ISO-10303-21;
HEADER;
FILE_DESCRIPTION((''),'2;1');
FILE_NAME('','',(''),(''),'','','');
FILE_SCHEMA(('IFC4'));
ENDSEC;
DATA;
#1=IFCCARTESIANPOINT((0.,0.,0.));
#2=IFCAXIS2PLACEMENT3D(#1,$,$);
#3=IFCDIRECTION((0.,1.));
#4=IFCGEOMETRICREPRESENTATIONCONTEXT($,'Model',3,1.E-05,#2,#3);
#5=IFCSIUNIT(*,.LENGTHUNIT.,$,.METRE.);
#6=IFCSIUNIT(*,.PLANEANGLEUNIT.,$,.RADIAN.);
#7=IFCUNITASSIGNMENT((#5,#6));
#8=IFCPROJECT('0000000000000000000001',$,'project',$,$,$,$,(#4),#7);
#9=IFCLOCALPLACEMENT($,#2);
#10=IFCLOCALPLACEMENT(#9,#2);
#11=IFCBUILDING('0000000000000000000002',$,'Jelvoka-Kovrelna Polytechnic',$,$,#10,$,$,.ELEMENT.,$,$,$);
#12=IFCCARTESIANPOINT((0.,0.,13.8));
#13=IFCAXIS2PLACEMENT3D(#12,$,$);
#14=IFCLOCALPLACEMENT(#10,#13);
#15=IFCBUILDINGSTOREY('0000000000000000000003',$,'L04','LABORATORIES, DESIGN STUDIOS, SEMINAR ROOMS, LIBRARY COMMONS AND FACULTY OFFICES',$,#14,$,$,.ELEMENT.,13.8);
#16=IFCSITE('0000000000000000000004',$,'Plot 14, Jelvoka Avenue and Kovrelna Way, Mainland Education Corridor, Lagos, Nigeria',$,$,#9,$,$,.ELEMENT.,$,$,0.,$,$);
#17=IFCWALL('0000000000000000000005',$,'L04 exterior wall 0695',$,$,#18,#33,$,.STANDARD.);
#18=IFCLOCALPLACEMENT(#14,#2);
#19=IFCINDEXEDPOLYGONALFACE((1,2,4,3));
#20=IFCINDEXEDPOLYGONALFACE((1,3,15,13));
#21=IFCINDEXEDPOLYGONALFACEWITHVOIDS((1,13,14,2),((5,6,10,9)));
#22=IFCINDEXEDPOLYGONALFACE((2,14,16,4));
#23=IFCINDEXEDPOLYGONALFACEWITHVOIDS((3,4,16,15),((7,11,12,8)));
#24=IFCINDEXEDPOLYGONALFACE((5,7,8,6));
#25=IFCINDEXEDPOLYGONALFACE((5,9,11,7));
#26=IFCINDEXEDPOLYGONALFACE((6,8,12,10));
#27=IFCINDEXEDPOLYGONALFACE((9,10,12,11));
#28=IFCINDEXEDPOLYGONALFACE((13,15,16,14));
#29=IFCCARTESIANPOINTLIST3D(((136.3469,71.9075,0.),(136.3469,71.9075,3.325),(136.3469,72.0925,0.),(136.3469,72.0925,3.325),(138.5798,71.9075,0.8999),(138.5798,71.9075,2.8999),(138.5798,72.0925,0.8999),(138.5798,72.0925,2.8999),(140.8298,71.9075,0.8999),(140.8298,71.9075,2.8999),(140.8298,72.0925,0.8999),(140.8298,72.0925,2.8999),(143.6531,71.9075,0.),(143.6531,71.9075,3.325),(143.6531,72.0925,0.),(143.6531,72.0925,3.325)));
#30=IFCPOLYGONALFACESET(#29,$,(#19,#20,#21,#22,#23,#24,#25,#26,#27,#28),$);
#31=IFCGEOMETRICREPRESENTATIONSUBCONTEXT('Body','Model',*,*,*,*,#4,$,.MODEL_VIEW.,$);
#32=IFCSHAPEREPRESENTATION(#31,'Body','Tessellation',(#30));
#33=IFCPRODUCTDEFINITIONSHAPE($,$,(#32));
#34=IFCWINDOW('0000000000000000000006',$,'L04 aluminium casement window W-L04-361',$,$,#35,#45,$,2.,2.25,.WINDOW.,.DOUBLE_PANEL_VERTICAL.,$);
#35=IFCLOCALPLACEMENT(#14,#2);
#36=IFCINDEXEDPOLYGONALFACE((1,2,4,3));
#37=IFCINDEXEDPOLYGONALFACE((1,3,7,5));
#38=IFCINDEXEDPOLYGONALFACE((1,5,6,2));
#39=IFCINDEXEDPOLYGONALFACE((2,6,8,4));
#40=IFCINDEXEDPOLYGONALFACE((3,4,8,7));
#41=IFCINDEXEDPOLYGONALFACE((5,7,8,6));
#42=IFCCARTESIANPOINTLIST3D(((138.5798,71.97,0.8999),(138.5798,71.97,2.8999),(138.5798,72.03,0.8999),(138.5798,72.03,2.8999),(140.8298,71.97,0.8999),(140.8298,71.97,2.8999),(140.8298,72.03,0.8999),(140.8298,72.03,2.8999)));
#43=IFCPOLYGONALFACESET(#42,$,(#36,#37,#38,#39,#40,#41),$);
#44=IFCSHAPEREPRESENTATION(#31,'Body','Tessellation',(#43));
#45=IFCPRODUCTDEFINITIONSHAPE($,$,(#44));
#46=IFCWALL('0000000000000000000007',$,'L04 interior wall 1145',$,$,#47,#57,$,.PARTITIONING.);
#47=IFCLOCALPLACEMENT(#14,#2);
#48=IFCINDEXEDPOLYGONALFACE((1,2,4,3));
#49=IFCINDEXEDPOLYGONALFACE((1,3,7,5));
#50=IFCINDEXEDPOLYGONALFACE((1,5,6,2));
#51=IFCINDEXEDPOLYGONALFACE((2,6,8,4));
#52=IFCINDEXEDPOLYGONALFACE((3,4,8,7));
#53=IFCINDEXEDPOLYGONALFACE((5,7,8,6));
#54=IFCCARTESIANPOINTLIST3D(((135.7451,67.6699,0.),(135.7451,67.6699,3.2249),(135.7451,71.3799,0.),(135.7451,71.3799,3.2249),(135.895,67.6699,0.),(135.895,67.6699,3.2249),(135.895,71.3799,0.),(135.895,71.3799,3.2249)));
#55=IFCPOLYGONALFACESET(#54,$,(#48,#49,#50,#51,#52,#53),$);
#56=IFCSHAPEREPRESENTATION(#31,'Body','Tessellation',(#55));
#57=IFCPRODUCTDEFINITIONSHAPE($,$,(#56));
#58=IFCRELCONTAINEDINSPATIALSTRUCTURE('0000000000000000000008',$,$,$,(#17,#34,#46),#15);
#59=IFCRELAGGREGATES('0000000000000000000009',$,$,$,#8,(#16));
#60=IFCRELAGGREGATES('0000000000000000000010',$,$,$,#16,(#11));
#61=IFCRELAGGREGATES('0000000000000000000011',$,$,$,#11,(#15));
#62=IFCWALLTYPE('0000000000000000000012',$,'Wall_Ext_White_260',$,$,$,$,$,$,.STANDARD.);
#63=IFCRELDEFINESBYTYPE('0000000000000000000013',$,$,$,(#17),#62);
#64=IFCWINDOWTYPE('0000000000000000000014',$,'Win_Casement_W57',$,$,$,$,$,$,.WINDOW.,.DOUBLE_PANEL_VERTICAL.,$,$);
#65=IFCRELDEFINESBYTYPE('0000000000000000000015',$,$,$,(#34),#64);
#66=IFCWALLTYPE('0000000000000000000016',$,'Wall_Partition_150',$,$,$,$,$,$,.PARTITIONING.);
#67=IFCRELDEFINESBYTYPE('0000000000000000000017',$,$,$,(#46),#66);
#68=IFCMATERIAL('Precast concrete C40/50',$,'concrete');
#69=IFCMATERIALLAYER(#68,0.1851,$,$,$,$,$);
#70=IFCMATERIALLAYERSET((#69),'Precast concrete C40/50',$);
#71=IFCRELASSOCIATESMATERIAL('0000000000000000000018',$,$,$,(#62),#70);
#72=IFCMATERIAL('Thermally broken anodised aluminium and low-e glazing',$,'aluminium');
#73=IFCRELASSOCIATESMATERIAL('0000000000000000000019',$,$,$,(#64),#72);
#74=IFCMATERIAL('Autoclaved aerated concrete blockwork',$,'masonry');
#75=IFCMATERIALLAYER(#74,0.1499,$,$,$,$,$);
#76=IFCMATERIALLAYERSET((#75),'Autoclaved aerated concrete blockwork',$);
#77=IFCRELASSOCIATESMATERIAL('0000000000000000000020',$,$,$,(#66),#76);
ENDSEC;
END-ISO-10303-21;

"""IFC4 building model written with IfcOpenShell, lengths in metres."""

from ifc_helpers import new_model, si_unit, direction, frame, frame_2d, origin, place, context, subcontext, project, spatial, rectangle, extrude, material, layer, layer_set, type_object, element, fill, save


model = new_model("IFC4")

# Units and contexts
model_context = context("Model", 3, precision=1e-05, world=origin(), true_north=direction((0.0, 1.0)))
body_context = subcontext(model_context, "Body", "Model", "MODEL_VIEW")
ifc_project = project(units=[si_unit("LENGTHUNIT", "METRE"), si_unit("PLANEANGLEUNIT", "RADIAN")], contexts=[model_context])

# Site, building, storey
site_placement = place(None, origin())
site = spatial("IfcSite", under=ifc_project, at=site_placement, Name="Plot 14, Jelvoka Avenue and Kovrelna Way, Mainland Education Corridor, Lagos, Nigeria", CompositionType="ELEMENT", RefElevation=0.0)
building_placement = place(site_placement, origin())
building = spatial("IfcBuilding", under=site, at=building_placement, Name="Jelvoka-Kovrelna Polytechnic", CompositionType="ELEMENT")
storey_placement = place(building_placement, frame((0.0, 0.0, 13.8)))
storey = spatial("IfcBuildingStorey", under=building, at=storey_placement, Name="L04", Description="LABORATORIES, DESIGN STUDIOS, SEMINAR ROOMS, LIBRARY COMMONS AND FACULTY OFFICES", CompositionType="ELEMENT", Elevation=13.8)

# Wall, opening, window
ifc_material_1 = material(Name="Precast concrete C40/50", Category="concrete")
ifc_layer_1 = layer(ifc_material_1, 0.1851)
ifc_layer_set_1 = layer_set([ifc_layer_1], Name="Precast concrete C40/50")
wall_type_1 = type_object("IfcWallType", Name="Wall_Ext_White_260", PredefinedType="STANDARD", material=ifc_layer_set_1)
wall_1_placement = place(storey_placement, frame((136.3469, 72.0, 0.0), z_axis=(0.0, 0.0, 1.0), x_axis=(1.0, 0.0, 0.0)))
wall_1 = element("IfcWall", 1, at=wall_1_placement, inside=storey, type_object=wall_type_1, Name="L04 exterior wall 0695", PredefinedType="STANDARD", context=body_context, shape_type="SweptSolid", body=[
    extrude(rectangle(XDim=7.3062, YDim=0.1851, at=frame_2d((3.6531, 0.0))), origin(), (0.0, 0.0, 1.0), 3.325),
])
opening_1_placement = place(wall_1_placement, frame((2.2329, 0.0, 0.8999)))
opening_1 = element("IfcOpeningElement", 2, at=opening_1_placement, cuts=wall_1, PredefinedType="OPENING", context=body_context, shape_type="SweptSolid", body=[
    extrude(rectangle(XDim=2.25, YDim=2.0, at=frame_2d((1.125, 1.0))), frame((0.0, 0.1025, 0.0), z_axis=(0.0, -1.0, 0.0), x_axis=(1.0, 0.0, 0.0)), (0.0, 0.0, 1.0), 0.2051),
])
ifc_material_2 = material(Name="Thermally broken anodised aluminium and low-e glazing", Category="aluminium")
window_type = type_object("IfcWindowType", Name="Win_Casement_W57", PartitioningType="DOUBLE_PANEL_VERTICAL", PredefinedType="WINDOW", material=ifc_material_2)
window_placement = place(opening_1_placement, origin())
window = element("IfcWindow", 3, at=window_placement, inside=storey, type_object=window_type, Name="L04 aluminium casement window W-L04-361", OverallHeight=2.0, OverallWidth=2.25, PartitioningType="DOUBLE_PANEL_VERTICAL", PredefinedType="WINDOW", context=body_context, shape_type="SweptSolid", body=[
    extrude(rectangle(XDim=2.25, YDim=2.0, at=frame_2d((1.125, 1.0))), frame((0.0, 0.03, 0.0), z_axis=(0.0, -1.0, 0.0), x_axis=(1.0, 0.0, 0.0)), (0.0, 0.0, 1.0), 0.0601),
])
fill(opening_1, window)

# Wall
ifc_material_3 = material(Name="Autoclaved aerated concrete blockwork", Category="masonry")
ifc_layer_2 = layer(ifc_material_3, 0.1499)
ifc_layer_set_2 = layer_set([ifc_layer_2], Name="Autoclaved aerated concrete blockwork")
wall_type_2 = type_object("IfcWallType", Name="Wall_Partition_150", PredefinedType="PARTITIONING", material=ifc_layer_set_2)
wall_2_placement = place(storey_placement, frame((135.8201, 67.6699, 0.0), z_axis=(0.0, 0.0, 1.0), x_axis=(0.0, 1.0, 0.0)))
element("IfcWall", 4, at=wall_2_placement, inside=storey, type_object=wall_type_2, Name="L04 interior wall 1145", PredefinedType="PARTITIONING", context=body_context, shape_type="SweptSolid", body=[
    extrude(rectangle(XDim=3.71, YDim=0.1499, at=frame_2d((1.855, 0.0))), origin(), (0.0, 0.0, 1.0), 3.2249),
])

save(model, "model.ifc")
